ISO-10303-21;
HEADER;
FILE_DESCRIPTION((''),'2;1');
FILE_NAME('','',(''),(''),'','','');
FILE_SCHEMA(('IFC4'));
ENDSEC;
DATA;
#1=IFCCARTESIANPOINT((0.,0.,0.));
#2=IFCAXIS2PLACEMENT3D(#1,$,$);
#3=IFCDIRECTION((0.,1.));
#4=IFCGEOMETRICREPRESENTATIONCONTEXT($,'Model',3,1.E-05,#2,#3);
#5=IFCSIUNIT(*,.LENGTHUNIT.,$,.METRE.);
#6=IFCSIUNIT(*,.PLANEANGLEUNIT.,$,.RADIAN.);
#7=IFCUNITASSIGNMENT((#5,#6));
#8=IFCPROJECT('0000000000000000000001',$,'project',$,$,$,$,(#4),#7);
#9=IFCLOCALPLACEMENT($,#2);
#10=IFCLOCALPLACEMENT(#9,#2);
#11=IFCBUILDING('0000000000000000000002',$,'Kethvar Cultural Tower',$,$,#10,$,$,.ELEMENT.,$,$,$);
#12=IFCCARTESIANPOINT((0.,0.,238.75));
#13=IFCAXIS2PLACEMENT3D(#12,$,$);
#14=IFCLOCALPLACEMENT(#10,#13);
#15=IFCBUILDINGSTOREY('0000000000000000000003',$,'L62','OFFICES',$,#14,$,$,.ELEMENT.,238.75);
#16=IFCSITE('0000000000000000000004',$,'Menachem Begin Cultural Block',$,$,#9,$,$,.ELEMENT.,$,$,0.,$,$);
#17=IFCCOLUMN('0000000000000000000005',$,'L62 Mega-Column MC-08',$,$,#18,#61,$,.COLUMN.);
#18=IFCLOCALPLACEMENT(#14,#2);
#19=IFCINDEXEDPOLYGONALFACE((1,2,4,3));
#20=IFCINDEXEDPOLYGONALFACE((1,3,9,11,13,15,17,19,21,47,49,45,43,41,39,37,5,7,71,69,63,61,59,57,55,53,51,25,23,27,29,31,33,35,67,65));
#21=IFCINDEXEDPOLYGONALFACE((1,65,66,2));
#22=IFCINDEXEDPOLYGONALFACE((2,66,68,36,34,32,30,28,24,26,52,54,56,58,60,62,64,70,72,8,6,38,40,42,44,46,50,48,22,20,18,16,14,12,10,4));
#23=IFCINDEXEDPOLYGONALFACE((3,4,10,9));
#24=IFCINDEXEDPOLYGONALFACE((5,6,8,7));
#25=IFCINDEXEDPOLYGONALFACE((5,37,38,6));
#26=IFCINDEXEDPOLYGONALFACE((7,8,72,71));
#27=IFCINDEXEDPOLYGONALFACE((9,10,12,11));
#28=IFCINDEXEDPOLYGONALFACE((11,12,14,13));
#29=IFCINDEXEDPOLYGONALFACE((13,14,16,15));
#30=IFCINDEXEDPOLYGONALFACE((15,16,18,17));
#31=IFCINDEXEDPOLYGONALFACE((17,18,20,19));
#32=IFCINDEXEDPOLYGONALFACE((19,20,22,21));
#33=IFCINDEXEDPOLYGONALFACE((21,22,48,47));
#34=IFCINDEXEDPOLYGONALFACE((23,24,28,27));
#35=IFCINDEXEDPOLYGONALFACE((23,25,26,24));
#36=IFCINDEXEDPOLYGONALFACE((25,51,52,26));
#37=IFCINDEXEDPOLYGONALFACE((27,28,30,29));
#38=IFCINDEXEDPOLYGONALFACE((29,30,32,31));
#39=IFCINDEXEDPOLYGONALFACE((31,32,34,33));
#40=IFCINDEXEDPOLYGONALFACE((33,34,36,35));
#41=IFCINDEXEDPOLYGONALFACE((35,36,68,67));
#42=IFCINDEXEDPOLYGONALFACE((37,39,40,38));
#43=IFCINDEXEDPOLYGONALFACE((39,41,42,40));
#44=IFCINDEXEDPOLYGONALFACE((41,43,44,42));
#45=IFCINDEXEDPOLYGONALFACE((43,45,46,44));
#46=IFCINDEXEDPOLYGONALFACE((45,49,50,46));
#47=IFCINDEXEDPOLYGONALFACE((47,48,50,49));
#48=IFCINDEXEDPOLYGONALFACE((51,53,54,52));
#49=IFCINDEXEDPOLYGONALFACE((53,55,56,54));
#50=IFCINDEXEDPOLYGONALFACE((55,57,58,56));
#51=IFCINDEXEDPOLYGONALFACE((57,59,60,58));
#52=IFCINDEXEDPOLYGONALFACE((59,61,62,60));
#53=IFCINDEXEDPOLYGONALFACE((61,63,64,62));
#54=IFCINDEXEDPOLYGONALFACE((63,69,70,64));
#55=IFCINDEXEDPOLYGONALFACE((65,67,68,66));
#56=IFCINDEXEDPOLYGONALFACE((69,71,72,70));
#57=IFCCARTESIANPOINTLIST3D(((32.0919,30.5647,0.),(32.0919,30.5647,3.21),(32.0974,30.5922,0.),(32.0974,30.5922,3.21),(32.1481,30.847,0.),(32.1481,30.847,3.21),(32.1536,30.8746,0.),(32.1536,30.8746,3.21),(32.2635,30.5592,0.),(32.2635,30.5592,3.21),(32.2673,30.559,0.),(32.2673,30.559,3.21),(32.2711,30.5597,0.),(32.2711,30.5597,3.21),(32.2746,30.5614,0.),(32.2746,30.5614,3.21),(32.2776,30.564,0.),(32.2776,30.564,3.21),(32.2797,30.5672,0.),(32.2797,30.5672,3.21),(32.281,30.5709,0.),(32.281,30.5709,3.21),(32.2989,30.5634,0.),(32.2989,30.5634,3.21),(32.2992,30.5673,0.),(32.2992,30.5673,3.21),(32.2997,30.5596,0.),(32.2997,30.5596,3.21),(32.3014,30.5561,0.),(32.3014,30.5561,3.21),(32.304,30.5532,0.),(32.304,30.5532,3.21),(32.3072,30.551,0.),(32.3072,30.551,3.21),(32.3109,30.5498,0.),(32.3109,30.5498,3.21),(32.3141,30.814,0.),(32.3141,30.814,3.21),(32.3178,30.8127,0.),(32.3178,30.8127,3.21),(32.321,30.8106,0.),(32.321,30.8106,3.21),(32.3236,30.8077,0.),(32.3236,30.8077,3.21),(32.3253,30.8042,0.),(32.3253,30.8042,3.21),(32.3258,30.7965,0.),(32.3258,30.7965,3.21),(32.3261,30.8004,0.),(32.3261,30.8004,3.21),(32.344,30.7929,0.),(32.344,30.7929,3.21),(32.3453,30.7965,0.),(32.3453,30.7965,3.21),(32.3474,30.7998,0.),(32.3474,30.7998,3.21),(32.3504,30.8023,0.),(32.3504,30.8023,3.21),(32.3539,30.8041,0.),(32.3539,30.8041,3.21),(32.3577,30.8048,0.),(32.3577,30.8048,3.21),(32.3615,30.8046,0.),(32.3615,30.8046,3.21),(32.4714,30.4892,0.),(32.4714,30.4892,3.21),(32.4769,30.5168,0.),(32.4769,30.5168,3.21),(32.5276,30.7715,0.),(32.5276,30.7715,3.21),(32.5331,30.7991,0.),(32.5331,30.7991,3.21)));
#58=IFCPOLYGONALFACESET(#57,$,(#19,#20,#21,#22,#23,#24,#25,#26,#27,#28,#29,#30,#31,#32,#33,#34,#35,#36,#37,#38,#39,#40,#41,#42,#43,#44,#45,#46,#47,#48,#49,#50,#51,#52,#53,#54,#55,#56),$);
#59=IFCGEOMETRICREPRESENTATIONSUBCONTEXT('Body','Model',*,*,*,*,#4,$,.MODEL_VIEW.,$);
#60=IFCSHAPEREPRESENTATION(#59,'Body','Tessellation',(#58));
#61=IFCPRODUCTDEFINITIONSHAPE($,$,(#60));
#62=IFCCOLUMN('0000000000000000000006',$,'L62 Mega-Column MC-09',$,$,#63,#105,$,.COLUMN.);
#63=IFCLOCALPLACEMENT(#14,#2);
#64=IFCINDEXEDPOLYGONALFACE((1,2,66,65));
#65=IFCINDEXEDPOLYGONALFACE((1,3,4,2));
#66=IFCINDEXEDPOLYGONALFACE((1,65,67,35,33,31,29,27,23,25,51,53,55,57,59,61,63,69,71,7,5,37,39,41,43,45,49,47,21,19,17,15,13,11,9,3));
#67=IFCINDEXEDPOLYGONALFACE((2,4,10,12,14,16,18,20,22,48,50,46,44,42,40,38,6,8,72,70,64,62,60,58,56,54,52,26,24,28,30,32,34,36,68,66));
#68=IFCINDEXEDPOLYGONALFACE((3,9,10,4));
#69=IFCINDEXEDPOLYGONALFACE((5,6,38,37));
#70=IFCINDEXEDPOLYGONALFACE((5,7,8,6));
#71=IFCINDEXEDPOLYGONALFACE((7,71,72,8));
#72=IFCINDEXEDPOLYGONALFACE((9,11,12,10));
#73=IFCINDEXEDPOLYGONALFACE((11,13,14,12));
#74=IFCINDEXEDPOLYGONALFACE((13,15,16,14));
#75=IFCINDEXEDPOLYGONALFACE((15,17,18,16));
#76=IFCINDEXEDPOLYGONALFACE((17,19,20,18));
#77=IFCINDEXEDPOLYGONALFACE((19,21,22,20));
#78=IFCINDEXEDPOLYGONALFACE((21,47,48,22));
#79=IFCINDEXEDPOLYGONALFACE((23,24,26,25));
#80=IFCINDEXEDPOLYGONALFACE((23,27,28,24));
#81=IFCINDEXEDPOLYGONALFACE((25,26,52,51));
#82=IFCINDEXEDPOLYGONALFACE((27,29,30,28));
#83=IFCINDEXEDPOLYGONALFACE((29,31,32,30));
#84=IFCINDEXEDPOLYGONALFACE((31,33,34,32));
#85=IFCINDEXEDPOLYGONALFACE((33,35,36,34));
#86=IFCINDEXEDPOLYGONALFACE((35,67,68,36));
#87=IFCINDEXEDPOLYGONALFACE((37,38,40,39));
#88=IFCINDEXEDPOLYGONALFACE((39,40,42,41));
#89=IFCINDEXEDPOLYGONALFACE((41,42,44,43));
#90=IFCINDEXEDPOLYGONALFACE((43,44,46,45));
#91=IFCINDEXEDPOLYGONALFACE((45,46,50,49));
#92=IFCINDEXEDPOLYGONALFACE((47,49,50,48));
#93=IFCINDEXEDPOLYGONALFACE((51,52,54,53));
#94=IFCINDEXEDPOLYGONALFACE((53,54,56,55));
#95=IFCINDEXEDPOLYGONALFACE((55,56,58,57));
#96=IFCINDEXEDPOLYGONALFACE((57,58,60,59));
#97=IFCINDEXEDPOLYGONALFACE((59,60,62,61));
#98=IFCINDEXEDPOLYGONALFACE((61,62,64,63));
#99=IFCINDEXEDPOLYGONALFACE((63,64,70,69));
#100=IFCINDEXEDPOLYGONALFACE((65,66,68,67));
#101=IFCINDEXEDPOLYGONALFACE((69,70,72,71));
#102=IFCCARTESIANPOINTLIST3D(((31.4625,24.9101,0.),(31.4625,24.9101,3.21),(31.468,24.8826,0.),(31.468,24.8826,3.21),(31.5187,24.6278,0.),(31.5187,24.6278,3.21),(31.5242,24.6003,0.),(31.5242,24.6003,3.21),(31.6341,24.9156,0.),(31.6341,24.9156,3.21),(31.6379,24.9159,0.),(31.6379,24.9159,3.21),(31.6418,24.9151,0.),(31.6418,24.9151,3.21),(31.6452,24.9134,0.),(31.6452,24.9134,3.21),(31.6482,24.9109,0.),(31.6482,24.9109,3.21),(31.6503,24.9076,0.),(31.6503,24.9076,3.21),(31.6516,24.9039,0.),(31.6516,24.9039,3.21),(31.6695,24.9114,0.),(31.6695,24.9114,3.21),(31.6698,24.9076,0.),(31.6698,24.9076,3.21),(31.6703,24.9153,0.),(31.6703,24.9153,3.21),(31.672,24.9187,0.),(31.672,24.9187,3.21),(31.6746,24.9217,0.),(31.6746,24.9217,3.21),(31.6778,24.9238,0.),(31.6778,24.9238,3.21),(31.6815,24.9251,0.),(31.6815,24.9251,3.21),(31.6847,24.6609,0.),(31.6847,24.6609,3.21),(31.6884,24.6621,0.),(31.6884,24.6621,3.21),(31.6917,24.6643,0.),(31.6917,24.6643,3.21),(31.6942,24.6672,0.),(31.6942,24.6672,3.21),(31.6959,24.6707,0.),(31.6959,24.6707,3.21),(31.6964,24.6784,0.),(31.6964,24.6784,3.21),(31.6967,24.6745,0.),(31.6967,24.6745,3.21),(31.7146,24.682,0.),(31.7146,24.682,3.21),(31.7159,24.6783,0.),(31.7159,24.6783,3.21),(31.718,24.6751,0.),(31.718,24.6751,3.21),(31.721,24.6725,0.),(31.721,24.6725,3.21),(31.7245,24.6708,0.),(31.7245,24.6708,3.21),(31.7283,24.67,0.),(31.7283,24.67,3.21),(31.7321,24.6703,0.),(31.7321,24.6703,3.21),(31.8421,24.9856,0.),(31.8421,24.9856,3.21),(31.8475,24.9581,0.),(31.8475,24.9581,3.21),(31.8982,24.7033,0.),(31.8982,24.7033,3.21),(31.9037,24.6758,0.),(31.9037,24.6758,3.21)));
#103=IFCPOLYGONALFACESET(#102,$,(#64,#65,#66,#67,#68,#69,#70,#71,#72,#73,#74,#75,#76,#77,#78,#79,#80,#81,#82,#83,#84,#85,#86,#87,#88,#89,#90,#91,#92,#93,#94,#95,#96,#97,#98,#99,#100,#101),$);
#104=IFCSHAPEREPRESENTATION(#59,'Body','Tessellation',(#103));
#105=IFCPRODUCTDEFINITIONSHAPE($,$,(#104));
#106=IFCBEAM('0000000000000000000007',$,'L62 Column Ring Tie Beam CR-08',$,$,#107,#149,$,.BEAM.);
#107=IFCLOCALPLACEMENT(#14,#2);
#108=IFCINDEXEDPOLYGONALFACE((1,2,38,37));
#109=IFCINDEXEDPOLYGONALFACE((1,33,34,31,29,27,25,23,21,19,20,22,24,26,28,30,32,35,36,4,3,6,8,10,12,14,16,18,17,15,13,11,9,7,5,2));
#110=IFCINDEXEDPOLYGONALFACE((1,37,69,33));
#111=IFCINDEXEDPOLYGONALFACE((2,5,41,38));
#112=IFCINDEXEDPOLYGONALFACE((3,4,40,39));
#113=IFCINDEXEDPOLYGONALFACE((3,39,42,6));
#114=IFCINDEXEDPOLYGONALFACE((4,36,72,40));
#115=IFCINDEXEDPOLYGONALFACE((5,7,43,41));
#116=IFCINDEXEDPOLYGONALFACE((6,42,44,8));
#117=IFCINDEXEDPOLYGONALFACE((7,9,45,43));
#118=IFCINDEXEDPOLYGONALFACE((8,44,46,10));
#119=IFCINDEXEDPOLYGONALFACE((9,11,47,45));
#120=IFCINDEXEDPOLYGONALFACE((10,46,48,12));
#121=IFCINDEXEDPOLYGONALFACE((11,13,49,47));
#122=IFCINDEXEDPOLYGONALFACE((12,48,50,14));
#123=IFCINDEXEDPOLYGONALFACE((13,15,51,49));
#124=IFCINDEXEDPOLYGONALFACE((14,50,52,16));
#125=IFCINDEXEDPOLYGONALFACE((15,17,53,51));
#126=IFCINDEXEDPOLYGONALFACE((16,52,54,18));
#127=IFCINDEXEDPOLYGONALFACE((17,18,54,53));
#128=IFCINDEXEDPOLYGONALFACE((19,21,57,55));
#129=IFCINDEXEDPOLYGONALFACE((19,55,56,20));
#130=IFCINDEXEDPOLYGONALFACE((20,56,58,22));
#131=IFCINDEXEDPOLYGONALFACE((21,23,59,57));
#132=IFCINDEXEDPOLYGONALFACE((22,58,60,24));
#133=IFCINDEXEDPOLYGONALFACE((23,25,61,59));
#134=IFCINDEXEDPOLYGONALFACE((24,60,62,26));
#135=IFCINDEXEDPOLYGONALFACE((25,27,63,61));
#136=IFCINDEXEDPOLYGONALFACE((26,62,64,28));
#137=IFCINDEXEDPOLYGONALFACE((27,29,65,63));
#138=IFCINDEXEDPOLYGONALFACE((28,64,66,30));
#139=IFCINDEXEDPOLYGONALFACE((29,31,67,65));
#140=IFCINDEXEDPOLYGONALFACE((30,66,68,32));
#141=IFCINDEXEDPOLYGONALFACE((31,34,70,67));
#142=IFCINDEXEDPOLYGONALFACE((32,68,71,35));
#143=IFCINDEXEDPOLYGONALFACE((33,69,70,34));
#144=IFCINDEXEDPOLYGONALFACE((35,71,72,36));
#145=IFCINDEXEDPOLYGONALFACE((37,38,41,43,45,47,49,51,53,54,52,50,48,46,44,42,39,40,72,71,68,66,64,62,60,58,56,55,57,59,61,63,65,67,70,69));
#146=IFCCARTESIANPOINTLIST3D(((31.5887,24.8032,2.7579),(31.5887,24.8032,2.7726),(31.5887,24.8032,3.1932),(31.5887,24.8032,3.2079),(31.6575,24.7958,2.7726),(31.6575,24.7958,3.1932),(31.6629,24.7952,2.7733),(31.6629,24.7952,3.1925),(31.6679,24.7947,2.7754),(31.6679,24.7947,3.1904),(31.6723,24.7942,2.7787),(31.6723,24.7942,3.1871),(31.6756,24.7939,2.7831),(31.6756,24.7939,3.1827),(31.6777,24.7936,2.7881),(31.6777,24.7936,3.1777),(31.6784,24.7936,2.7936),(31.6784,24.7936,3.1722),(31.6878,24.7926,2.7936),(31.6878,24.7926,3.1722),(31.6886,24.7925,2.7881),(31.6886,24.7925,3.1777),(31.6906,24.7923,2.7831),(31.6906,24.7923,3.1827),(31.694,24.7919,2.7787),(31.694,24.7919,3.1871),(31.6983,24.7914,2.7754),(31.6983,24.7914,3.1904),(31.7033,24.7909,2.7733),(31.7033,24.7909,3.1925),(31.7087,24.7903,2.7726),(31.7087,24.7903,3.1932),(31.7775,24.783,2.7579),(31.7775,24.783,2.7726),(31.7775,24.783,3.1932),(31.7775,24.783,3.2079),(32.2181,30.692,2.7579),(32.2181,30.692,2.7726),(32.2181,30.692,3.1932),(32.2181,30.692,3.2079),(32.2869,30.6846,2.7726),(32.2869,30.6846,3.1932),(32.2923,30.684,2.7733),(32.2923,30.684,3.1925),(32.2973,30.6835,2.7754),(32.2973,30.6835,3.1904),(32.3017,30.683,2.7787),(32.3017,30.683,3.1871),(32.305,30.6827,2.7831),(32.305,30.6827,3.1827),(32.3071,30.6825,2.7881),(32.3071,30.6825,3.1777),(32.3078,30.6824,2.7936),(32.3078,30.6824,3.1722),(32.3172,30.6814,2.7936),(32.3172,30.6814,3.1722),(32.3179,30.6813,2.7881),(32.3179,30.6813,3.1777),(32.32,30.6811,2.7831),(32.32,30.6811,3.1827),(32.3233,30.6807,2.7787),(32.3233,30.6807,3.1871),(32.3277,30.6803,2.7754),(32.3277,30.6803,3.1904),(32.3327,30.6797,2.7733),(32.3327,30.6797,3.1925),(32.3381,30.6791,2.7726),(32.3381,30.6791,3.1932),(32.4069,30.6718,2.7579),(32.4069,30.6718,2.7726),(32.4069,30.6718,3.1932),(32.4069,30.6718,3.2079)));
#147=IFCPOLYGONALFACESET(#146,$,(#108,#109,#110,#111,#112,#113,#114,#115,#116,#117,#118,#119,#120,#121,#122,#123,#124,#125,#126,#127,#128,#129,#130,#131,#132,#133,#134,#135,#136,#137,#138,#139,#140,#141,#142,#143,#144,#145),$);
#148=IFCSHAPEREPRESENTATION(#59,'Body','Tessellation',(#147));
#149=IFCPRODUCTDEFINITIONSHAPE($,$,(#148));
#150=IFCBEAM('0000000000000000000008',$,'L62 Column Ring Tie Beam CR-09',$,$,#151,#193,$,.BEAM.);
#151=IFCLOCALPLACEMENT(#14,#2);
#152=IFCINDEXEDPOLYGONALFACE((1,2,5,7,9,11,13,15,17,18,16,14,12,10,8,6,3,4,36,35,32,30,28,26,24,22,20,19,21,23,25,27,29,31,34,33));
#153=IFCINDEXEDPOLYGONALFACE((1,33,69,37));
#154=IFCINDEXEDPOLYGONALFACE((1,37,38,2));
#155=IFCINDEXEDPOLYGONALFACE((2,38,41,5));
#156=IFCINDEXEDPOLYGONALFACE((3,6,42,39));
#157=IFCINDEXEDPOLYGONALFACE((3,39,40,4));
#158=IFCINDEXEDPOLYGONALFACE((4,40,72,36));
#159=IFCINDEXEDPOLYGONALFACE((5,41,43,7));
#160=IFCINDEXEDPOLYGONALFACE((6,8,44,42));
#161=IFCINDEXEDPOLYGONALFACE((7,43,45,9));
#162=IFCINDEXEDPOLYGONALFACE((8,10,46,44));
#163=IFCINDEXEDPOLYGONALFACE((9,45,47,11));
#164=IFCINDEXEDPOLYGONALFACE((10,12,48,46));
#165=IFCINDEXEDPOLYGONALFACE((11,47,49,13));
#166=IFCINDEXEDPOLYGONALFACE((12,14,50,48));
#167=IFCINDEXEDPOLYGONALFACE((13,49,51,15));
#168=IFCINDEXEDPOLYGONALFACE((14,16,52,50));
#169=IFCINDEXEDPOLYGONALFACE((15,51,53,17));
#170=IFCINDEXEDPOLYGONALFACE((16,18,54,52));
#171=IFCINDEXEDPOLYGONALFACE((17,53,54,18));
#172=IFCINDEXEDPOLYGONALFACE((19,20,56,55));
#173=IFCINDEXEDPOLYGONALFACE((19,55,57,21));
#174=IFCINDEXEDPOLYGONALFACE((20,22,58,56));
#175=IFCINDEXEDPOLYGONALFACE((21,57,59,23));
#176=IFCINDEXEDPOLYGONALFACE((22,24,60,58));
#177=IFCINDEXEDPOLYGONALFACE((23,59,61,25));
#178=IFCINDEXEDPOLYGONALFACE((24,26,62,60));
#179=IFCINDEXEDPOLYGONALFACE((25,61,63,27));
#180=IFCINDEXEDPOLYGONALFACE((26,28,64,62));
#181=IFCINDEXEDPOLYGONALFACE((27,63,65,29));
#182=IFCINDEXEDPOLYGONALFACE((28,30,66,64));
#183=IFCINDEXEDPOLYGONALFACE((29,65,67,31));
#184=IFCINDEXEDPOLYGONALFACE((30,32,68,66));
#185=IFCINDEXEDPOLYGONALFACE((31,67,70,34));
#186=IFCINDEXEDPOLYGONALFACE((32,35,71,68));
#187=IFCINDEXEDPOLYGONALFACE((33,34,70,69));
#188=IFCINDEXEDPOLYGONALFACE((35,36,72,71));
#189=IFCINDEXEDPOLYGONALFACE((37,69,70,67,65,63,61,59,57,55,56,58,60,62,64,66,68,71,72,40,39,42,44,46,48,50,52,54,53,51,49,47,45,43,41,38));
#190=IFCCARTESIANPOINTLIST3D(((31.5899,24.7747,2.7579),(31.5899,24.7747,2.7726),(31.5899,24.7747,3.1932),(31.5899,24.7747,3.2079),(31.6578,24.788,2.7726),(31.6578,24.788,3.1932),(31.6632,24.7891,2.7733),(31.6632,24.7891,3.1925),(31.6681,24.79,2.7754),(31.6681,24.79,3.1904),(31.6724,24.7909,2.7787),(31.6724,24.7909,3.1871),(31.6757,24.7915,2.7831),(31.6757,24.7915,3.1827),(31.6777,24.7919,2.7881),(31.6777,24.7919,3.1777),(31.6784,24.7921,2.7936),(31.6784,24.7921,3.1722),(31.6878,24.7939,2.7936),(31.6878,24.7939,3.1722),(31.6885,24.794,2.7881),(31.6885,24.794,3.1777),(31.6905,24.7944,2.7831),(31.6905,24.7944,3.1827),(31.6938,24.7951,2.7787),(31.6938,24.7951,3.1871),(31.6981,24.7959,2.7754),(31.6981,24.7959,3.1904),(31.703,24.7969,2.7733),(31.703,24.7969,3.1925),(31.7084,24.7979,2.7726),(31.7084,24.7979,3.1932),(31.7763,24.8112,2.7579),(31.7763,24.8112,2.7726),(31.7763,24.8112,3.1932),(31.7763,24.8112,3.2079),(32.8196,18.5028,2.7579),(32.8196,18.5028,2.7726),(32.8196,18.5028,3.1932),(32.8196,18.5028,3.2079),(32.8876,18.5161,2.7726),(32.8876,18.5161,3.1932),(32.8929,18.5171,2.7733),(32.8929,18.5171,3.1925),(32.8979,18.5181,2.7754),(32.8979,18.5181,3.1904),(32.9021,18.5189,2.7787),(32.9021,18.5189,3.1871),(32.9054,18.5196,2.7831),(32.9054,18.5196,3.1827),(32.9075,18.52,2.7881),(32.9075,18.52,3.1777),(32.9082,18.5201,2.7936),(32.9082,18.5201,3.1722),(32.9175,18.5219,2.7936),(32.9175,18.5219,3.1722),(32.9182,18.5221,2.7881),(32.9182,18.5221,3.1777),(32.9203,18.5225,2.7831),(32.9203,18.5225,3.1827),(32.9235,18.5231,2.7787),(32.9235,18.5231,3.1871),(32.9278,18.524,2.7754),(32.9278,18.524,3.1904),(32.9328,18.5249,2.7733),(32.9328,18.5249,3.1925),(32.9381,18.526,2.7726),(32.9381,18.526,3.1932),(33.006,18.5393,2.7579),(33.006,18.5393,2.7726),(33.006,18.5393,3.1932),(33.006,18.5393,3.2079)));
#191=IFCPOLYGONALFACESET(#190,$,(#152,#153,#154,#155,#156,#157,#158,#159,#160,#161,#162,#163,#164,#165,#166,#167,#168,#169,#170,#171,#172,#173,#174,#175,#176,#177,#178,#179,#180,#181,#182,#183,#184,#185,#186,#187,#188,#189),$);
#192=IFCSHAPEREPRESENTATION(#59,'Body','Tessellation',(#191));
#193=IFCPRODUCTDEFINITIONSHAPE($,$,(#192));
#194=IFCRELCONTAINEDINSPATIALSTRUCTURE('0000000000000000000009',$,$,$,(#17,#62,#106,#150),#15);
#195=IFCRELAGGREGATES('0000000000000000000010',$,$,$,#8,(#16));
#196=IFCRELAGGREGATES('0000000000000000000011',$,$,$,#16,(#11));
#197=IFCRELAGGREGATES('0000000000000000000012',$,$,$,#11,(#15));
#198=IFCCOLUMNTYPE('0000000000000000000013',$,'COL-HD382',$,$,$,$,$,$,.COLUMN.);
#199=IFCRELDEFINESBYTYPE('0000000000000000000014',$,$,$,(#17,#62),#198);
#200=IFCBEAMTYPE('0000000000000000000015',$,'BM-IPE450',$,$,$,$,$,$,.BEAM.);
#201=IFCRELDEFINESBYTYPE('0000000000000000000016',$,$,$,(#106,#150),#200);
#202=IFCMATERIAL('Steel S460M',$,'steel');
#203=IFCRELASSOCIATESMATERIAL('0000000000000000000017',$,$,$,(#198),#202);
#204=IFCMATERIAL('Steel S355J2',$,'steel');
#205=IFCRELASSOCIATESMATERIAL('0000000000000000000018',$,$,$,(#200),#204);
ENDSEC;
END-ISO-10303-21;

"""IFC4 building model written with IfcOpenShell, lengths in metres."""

from ifc_helpers import new_model, si_unit, direction, frame, origin, origin_2d, place, context, subcontext, project, spatial, i_section, extrude, source, transform, mapped, material, material_profile, profile_set, type_object, element, save


model = new_model("IFC4")

# Units and contexts
model_context = context("Model", 3, precision=1e-05, world=origin(), true_north=direction((0.0, 1.0)))
body_context = subcontext(model_context, "Body", "Model", "MODEL_VIEW")
ifc_project = project(units=[si_unit("LENGTHUNIT", "METRE"), si_unit("PLANEANGLEUNIT", "RADIAN")], contexts=[model_context])

# Site, building, storey
site_placement = place(None, origin())
site = spatial("IfcSite", under=ifc_project, at=site_placement, Name="Menachem Begin Cultural Block", CompositionType="ELEMENT", RefElevation=0.0)
building_placement = place(site_placement, origin())
building = spatial("IfcBuilding", under=site, at=building_placement, Name="Kethvar Cultural Tower", CompositionType="ELEMENT")
storey_placement = place(building_placement, frame((0.0, 0.0, 238.75)))
storey = spatial("IfcBuildingStorey", under=building, at=storey_placement, Name="L62", Description="OFFICES", CompositionType="ELEMENT", Elevation=238.75)

# Columns
ifc_material_1 = material(Name="Steel S460M", Category="steel")
ifc_material_profile_1 = material_profile(ifc_material_1, i_section(OverallWidth=0.387, OverallDepth=0.3159, WebThickness=0.0186, FlangeThickness=0.0281, FilletRadius=0.0149, at=origin_2d()), Name="Steel S460M — HD400x382")
ifc_profile_set_1 = profile_set([ifc_material_profile_1], Name="Steel S460M — HD400x382")
column_type = type_object("IfcColumnType", Name="COL-HD382", PredefinedType="COLUMN", material=ifc_profile_set_1)
shared_shape_1 = source(origin(), body_context, "Body", "SweptSolid", [
    extrude(i_section(OverallWidth=0.387, OverallDepth=0.3159, WebThickness=0.0186, FlangeThickness=0.0281, FilletRadius=0.0149, at=origin_2d()), origin(), (0.0, 0.0, 1.0), 3.21),
])
for number, where, z_axis, x_axis, name in (
    (1, (32.3125, 30.6819, 0.0), (0.0, 0.0, 1.0), (-0.980785, 0.19509, 0.0), "L62 Mega-Column MC-08"),
    (2, (31.6831, 24.793, 0.0), (0.0, 0.0, 1.0), (-0.980785, -0.19509, 0.0), "L62 Mega-Column MC-09"),
):
    element("IfcColumn", number, at=place(storey_placement, frame(where, z_axis=z_axis, x_axis=x_axis)), inside=storey, type_object=column_type, Name=name, PredefinedType="COLUMN", context=body_context, shape_type="MappedRepresentation", body=[
        mapped(shared_shape_1, transform((0.0, 0.0, 0.0), scale=1.0)),
    ])

# Beams
ifc_material_2 = material(Name="Steel S355J2", Category="steel")
ifc_material_profile_2 = material_profile(ifc_material_2, i_section(OverallWidth=0.1899, OverallDepth=0.45, WebThickness=0.0095, FlangeThickness=0.0146, FilletRadius=0.021, at=origin_2d()), Name="Steel S355J2 — IPE450")
ifc_profile_set_2 = profile_set([ifc_material_profile_2], Name="Steel S355J2 — IPE450")
beam_type_1 = type_object("IfcBeamType", Name="BM-IPE450", PredefinedType="BEAM", material=ifc_profile_set_2)
shared_shape_2 = source(origin(), body_context, "Body", "SweptSolid", [
    extrude(i_section(OverallWidth=0.1899, OverallDepth=0.45, WebThickness=0.0095, FlangeThickness=0.0146, FilletRadius=0.021, at=origin_2d()), origin(), (0.0, 0.0, 1.0), 5.9224),
])
beam_1_placement = place(storey_placement, frame((32.3125, 30.6819, 2.9829), z_axis=(-0.106273, -0.994337, 0.0), x_axis=(0.994337, -0.106273, 0.0)))
element("IfcBeam", 3, at=beam_1_placement, inside=storey, type_object=beam_type_1, Name="L62 Column Ring Tie Beam CR-08", PredefinedType="BEAM", context=body_context, shape_type="MappedRepresentation", body=[
    mapped(shared_shape_2, transform((0.0, 0.0, 0.0), scale=1.0)),
])
shared_shape_3 = source(origin(), body_context, "Body", "SweptSolid", [
    extrude(i_section(OverallWidth=0.1899, OverallDepth=0.45, WebThickness=0.0095, FlangeThickness=0.0146, FilletRadius=0.021, at=origin_2d()), origin(), (0.0, 0.0, 1.0), 6.3914),
])
beam_2_placement = place(storey_placement, frame((31.6831, 24.793, 2.9829), z_axis=(0.192405, -0.981316, 0.0), x_axis=(0.981316, 0.192405, 0.0)))
element("IfcBeam", 4, at=beam_2_placement, inside=storey, type_object=beam_type_1, Name="L62 Column Ring Tie Beam CR-09", PredefinedType="BEAM", context=body_context, shape_type="MappedRepresentation", body=[
    mapped(shared_shape_3, transform((0.0, 0.0, 0.0), scale=1.0)),
])

save(model, "model.ifc")
